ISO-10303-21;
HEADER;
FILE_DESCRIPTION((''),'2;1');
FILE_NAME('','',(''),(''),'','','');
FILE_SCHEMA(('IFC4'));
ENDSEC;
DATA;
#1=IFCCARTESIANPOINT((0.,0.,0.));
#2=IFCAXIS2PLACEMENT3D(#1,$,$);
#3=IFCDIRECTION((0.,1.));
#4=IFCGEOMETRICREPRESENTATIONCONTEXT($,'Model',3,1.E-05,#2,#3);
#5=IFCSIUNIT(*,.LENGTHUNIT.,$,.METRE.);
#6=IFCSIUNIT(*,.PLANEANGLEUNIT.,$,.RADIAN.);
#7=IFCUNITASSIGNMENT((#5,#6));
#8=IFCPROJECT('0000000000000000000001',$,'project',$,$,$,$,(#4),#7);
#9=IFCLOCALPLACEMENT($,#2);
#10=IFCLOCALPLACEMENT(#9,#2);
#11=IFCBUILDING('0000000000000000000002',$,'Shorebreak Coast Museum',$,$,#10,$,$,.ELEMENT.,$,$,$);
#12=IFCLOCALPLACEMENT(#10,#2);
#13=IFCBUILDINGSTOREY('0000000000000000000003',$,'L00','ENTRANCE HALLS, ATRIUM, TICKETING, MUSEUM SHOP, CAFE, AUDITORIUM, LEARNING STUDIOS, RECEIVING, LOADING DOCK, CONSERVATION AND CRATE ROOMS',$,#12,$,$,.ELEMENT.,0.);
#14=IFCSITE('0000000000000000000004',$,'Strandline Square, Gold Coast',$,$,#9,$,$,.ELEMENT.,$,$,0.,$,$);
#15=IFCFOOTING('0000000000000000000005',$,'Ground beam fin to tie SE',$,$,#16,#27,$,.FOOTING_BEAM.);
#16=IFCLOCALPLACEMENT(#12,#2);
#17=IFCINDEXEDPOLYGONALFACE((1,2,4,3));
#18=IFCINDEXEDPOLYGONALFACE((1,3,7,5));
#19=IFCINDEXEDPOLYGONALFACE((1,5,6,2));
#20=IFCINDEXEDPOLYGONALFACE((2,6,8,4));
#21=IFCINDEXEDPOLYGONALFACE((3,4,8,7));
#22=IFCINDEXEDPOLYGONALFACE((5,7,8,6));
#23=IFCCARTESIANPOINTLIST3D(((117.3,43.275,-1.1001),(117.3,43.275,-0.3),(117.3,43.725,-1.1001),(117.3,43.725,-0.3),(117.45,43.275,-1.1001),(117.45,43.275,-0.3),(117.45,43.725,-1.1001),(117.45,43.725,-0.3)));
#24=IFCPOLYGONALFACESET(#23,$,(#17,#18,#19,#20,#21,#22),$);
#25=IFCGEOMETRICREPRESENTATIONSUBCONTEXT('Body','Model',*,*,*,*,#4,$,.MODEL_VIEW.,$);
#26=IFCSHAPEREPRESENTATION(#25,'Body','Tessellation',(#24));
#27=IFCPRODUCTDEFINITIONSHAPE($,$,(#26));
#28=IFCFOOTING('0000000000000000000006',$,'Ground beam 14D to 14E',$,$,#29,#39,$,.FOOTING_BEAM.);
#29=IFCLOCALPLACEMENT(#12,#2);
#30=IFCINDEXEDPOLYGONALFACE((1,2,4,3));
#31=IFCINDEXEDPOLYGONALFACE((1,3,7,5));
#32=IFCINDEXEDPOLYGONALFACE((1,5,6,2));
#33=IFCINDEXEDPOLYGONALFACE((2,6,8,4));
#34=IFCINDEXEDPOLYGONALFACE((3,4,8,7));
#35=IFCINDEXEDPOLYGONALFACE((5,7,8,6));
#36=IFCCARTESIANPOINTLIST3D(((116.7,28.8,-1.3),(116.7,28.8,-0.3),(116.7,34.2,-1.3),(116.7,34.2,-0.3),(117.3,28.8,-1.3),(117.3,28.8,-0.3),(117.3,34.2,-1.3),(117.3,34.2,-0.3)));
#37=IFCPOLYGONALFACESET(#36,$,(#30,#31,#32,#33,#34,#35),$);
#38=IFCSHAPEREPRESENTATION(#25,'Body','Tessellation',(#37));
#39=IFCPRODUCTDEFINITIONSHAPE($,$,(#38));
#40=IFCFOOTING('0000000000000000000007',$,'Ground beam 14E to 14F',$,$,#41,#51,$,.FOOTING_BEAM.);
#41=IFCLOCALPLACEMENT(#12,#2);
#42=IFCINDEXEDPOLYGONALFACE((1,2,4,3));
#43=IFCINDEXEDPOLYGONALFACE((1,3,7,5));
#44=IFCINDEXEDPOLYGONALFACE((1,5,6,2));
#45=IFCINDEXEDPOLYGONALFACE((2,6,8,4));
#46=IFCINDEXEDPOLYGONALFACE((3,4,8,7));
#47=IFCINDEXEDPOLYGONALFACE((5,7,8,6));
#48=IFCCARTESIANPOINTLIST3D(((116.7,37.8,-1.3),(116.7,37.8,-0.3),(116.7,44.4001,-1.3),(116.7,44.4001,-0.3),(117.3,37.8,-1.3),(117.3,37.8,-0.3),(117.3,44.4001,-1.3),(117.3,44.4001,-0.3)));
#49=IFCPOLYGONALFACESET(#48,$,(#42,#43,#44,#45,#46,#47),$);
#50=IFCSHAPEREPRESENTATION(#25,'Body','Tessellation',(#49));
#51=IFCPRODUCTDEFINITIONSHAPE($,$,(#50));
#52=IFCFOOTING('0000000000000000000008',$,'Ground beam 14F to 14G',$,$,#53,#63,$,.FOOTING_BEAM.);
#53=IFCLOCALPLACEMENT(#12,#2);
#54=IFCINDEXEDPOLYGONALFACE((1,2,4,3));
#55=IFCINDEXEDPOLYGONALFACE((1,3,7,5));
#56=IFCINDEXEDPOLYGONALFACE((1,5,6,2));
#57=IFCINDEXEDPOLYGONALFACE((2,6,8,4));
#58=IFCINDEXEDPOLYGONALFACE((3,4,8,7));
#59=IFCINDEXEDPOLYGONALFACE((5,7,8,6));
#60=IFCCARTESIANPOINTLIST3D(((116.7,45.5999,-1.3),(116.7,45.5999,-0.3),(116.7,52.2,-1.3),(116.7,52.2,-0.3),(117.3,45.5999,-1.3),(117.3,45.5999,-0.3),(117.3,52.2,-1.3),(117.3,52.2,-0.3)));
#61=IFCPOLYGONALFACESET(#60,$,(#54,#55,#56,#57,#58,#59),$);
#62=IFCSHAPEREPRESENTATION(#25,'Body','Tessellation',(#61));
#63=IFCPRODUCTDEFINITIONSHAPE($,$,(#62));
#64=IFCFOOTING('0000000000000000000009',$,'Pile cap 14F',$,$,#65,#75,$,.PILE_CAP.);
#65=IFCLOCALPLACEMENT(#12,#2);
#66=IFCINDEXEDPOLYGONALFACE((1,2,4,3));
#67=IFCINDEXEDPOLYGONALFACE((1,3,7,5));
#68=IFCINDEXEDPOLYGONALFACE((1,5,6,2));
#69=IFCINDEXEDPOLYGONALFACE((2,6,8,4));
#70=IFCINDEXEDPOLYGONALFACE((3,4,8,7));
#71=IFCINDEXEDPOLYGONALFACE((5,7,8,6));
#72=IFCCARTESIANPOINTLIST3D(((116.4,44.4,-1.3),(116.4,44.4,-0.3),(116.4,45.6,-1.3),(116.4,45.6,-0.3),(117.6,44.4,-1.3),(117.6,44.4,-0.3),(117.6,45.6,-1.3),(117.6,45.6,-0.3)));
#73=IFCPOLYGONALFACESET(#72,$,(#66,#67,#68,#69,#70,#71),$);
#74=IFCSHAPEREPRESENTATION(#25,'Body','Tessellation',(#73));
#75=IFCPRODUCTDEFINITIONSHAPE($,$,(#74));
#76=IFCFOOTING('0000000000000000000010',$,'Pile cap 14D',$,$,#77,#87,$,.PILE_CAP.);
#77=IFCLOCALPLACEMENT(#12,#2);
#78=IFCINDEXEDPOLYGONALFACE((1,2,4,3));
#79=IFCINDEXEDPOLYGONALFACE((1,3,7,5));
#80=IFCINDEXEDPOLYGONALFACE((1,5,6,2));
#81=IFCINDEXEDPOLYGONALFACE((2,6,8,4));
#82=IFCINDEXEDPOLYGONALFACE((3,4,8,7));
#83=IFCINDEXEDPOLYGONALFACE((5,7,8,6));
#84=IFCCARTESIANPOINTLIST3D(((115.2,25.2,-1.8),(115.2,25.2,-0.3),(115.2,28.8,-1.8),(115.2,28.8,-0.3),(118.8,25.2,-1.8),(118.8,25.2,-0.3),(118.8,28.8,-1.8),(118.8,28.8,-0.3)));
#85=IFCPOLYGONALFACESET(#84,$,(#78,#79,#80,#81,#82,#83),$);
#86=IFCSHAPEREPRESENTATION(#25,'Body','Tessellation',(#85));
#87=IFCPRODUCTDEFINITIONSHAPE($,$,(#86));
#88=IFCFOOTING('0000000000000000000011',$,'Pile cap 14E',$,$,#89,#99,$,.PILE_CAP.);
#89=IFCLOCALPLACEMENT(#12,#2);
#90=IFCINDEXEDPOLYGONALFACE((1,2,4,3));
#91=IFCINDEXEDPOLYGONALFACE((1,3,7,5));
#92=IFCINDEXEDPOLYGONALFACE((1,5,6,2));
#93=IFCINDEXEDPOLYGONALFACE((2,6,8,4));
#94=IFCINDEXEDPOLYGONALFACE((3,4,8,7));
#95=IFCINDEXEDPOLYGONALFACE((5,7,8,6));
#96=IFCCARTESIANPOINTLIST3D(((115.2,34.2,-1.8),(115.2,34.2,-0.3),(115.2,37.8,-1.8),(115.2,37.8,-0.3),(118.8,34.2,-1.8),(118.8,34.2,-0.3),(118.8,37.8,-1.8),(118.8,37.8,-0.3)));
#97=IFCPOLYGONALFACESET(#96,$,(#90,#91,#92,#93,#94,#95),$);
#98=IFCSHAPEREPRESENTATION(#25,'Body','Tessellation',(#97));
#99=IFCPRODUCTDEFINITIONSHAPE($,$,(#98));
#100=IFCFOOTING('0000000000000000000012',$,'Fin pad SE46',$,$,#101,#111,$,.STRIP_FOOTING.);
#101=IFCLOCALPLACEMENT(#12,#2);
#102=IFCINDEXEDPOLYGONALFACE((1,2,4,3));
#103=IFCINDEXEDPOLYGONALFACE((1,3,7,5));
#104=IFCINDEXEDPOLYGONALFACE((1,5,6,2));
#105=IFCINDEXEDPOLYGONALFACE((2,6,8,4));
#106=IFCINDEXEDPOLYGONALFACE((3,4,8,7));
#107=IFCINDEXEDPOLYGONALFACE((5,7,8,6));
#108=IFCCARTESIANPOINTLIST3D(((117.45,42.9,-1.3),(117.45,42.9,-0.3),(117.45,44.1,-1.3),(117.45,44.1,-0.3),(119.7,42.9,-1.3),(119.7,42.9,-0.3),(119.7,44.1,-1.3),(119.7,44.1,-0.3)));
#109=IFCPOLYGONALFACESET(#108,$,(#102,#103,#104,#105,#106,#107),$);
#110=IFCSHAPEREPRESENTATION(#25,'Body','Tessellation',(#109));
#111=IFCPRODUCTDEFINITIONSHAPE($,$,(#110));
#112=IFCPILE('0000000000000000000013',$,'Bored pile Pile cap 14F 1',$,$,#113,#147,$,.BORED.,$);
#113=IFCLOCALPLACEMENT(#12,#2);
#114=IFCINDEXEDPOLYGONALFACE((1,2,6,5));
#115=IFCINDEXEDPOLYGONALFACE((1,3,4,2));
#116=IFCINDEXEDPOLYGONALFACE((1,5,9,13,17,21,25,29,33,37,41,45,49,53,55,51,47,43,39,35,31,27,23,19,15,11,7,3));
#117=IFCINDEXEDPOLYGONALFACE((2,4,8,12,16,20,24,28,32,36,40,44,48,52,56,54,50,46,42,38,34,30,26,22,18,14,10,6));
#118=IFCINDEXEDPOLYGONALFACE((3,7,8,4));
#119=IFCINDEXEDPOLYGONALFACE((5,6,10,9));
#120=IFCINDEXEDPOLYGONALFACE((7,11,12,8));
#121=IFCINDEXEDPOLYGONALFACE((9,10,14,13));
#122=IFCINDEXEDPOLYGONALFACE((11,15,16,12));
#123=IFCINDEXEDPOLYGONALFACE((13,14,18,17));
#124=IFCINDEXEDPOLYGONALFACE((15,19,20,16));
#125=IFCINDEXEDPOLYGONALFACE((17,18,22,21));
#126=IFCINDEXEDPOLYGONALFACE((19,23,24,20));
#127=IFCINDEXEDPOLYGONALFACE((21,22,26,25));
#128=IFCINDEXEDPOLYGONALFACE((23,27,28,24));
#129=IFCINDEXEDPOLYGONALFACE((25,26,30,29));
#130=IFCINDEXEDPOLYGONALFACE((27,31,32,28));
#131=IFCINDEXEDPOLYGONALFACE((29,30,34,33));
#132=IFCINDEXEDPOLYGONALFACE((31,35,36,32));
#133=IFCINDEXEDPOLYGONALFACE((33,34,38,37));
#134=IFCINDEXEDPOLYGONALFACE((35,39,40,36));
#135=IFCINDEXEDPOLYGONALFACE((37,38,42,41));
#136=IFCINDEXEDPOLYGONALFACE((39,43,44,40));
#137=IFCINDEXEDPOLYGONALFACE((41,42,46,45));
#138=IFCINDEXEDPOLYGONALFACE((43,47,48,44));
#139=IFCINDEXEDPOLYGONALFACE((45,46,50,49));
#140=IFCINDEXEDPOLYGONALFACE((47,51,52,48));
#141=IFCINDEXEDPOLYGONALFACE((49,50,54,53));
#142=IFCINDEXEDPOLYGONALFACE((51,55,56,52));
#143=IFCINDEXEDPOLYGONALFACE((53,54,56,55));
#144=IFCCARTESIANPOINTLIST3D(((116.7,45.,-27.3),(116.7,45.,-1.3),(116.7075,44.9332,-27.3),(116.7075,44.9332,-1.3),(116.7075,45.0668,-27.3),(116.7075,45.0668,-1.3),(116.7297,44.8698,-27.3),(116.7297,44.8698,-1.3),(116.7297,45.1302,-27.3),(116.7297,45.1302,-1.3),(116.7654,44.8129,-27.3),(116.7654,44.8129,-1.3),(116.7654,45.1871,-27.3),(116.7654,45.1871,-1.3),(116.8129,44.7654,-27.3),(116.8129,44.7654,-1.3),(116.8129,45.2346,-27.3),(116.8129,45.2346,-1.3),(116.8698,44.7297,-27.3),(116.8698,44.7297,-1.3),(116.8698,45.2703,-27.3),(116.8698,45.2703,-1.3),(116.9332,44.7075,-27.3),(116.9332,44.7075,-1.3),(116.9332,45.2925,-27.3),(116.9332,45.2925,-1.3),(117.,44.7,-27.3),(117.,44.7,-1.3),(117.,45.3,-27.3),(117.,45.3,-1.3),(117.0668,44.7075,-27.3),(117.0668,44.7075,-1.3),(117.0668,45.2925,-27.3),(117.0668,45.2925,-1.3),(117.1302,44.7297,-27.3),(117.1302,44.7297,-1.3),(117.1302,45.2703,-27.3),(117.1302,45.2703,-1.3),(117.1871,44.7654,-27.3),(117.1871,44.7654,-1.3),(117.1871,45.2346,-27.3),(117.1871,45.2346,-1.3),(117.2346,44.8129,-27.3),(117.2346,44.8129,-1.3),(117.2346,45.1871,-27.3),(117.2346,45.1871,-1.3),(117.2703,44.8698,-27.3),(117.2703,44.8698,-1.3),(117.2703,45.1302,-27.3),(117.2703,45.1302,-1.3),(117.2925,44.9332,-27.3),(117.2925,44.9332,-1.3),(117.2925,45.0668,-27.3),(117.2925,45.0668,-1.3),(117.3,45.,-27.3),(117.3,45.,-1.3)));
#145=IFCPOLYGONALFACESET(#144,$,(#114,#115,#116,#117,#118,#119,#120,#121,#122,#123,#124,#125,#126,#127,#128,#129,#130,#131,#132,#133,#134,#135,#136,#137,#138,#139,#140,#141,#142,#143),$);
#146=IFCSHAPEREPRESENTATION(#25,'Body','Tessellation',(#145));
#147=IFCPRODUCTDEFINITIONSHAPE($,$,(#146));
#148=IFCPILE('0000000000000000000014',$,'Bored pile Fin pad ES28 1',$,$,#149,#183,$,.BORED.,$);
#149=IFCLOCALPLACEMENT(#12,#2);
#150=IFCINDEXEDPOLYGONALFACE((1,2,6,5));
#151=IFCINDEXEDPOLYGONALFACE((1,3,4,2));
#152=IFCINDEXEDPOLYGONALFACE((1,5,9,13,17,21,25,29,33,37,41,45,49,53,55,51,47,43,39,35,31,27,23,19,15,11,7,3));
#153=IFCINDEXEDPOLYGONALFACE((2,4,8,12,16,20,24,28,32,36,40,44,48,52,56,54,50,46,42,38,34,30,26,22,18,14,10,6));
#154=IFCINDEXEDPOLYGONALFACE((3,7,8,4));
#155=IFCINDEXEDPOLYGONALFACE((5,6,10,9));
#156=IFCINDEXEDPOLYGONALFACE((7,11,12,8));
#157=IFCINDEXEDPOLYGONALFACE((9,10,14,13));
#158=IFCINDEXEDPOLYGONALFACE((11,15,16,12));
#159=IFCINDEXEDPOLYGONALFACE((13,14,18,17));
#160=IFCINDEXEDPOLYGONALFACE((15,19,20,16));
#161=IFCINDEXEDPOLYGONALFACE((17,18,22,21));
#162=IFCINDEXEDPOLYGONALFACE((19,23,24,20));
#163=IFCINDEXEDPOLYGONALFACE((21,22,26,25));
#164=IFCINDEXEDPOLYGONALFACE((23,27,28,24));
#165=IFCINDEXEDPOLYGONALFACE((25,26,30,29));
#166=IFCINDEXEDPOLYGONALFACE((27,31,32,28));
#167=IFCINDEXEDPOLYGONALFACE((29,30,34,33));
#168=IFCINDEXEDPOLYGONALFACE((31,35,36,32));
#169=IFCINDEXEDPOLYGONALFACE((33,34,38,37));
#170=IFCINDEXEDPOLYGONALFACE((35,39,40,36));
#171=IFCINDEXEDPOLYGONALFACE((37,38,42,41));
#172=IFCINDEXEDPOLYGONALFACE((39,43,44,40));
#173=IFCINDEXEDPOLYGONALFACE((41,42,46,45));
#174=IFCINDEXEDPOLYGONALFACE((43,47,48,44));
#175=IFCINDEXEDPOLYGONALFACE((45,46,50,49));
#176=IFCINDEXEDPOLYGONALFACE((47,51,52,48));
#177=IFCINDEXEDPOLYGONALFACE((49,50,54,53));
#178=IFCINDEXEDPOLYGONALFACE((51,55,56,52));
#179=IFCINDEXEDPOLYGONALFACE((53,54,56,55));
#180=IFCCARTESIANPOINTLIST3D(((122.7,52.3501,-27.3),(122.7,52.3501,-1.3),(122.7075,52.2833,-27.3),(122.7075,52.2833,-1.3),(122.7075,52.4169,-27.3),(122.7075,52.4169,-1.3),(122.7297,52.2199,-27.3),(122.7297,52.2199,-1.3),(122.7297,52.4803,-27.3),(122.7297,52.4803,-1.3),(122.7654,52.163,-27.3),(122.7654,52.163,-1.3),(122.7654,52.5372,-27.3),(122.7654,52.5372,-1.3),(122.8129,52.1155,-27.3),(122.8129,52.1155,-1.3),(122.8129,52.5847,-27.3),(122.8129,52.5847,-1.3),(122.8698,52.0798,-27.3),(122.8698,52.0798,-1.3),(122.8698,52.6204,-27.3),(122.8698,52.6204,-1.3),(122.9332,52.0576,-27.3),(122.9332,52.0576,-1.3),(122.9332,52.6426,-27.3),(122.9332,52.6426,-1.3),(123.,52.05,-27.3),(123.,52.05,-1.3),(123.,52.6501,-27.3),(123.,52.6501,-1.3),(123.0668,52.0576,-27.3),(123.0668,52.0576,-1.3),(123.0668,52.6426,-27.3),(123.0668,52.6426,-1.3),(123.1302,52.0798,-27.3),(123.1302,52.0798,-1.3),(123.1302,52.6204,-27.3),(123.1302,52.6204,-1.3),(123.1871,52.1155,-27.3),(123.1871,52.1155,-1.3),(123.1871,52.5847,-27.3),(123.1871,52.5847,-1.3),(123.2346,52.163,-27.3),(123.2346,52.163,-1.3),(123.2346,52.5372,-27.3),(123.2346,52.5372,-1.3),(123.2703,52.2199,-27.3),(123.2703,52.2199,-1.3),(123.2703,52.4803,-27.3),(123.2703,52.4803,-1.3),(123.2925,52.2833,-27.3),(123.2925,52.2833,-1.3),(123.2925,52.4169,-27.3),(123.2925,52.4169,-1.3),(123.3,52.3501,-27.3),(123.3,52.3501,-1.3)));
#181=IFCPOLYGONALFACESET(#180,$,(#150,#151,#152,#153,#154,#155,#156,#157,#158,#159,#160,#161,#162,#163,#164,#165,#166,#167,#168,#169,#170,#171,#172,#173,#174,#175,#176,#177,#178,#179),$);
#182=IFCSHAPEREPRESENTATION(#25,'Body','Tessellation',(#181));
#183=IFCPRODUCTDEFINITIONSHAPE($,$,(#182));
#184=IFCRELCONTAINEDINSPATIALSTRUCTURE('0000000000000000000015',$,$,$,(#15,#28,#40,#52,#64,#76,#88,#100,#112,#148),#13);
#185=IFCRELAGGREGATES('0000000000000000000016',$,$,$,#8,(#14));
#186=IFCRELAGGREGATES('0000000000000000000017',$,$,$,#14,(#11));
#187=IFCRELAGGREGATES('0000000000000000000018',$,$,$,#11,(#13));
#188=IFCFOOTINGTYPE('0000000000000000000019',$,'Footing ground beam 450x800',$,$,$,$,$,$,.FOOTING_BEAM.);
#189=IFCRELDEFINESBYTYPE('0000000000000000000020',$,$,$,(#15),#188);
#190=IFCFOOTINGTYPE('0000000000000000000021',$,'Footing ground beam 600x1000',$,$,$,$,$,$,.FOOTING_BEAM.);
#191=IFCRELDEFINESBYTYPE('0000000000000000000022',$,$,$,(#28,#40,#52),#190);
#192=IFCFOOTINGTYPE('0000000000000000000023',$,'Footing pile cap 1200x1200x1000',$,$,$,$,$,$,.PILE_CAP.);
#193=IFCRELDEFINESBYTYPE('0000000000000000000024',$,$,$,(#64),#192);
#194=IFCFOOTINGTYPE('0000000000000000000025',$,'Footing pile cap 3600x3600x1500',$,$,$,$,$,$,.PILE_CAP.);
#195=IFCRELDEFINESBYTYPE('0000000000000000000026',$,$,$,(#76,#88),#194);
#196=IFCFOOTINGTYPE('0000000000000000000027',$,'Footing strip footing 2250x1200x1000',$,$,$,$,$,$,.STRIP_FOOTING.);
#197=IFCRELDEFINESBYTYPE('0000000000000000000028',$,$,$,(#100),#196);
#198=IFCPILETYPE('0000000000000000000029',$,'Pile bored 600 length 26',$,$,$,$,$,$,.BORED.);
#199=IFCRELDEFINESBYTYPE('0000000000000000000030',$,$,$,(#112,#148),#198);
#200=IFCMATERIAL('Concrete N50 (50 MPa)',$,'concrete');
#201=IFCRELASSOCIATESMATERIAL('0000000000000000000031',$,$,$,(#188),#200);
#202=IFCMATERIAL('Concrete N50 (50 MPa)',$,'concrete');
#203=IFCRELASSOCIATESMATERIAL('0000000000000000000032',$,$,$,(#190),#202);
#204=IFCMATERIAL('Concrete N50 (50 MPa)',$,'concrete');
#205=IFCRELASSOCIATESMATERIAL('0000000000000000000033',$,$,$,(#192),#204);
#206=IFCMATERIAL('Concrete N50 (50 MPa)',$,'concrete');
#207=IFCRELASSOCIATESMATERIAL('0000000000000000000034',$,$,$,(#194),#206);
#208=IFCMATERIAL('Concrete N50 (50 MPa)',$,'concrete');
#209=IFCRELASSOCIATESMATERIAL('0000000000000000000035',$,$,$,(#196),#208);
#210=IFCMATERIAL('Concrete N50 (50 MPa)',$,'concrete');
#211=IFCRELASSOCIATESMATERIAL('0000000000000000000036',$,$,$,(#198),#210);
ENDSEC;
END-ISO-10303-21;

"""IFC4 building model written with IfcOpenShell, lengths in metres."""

from ifc_helpers import new_model, si_unit, direction, frame, origin, origin_2d, place, context, subcontext, project, spatial, rectangle, circle, extrude, material, material_profile, profile_set, type_object, element, save


model = new_model("IFC4")

# Units and contexts
model_context = context("Model", 3, precision=1e-05, world=origin(), true_north=direction((0.0, 1.0)))
body_context = subcontext(model_context, "Body", "Model", "MODEL_VIEW")
ifc_project = project(units=[si_unit("LENGTHUNIT", "METRE"), si_unit("PLANEANGLEUNIT", "RADIAN")], contexts=[model_context])

# Site, building, storey
site_placement = place(None, origin())
site = spatial("IfcSite", under=ifc_project, at=site_placement, Name="Strandline Square, Gold Coast", CompositionType="ELEMENT", RefElevation=0.0)
building_placement = place(site_placement, origin())
building = spatial("IfcBuilding", under=site, at=building_placement, Name="Shorebreak Coast Museum", CompositionType="ELEMENT")
storey_placement = place(building_placement, origin())
storey = spatial("IfcBuildingStorey", under=building, at=storey_placement, Name="L00", Description="ENTRANCE HALLS, ATRIUM, TICKETING, MUSEUM SHOP, CAFE, AUDITORIUM, LEARNING STUDIOS, RECEIVING, LOADING DOCK, CONSERVATION AND CRATE ROOMS", CompositionType="ELEMENT", Elevation=0.0)

# Footings
ifc_material_1 = material(Name="Concrete N50 (50 MPa)", Category="concrete")
footing_type_1 = type_object("IfcFootingType", Name="Footing ground beam 450x800", PredefinedType="FOOTING_BEAM", material=ifc_material_1)
footing_1_placement = place(storey_placement, frame((117.375, 43.5, -1.1001), z_axis=(0.0, 0.0, 1.0), x_axis=(1.0, 0.0, 0.0)))
element("IfcFooting", 1, at=footing_1_placement, inside=storey, type_object=footing_type_1, Name="Ground beam fin to tie SE", PredefinedType="FOOTING_BEAM", context=body_context, shape_type="SweptSolid", body=[
    extrude(rectangle(XDim=0.1499, YDim=0.45, at=origin_2d()), origin(), (0.0, 0.0, 1.0), 0.8),
])
ifc_material_2 = material(Name="Concrete N50 (50 MPa)", Category="concrete")
footing_type_2 = type_object("IfcFootingType", Name="Footing ground beam 600x1000", PredefinedType="FOOTING_BEAM", material=ifc_material_2)
footing_2_placement = place(storey_placement, frame((117.0, 31.5, -1.3), z_axis=(0.0, 0.0, 1.0), x_axis=(1.0, 0.0, 0.0)))
element("IfcFooting", 2, at=footing_2_placement, inside=storey, type_object=footing_type_2, Name="Ground beam 14D to 14E", PredefinedType="FOOTING_BEAM", context=body_context, shape_type="SweptSolid", body=[
    extrude(rectangle(XDim=0.6001, YDim=5.3999, at=origin_2d()), origin(), (0.0, 0.0, 1.0), 1.0),
])
for number, where, z_axis, x_axis, name in (
    (3, (117.0, 41.1001, -1.3), (0.0, 0.0, 1.0), (1.0, 0.0, 0.0), "Ground beam 14E to 14F"),
    (4, (117.0, 48.8999, -1.3), (0.0, 0.0, 1.0), (1.0, 0.0, 0.0), "Ground beam 14F to 14G"),
):
    element("IfcFooting", number, at=place(storey_placement, frame(where, z_axis=z_axis, x_axis=x_axis)), inside=storey, type_object=footing_type_2, Name=name, PredefinedType="FOOTING_BEAM", context=body_context, shape_type="SweptSolid", body=[
        extrude(rectangle(XDim=0.6001, YDim=6.6001, at=origin_2d()), origin(), (0.0, 0.0, 1.0), 1.0),
    ])
ifc_material_3 = material(Name="Concrete N50 (50 MPa)", Category="concrete")
footing_type_3 = type_object("IfcFootingType", Name="Footing pile cap 1200x1200x1000", PredefinedType="PILE_CAP", material=ifc_material_3)
footing_3_placement = place(storey_placement, frame((117.0, 45.0, -1.3), z_axis=(0.0, 0.0, 1.0), x_axis=(1.0, 0.0, 0.0)))
element("IfcFooting", 5, at=footing_3_placement, inside=storey, type_object=footing_type_3, Name="Pile cap 14F", PredefinedType="PILE_CAP", context=body_context, shape_type="SweptSolid", body=[
    extrude(rectangle(XDim=1.2, YDim=1.2, at=origin_2d()), origin(), (0.0, 0.0, 1.0), 1.0),
])
ifc_material_4 = material(Name="Concrete N50 (50 MPa)", Category="concrete")
footing_type_4 = type_object("IfcFootingType", Name="Footing pile cap 3600x3600x1500", PredefinedType="PILE_CAP", material=ifc_material_4)
for number, where, z_axis, x_axis, name in (
    (6, (117.0, 27.0, -1.8), (0.0, 0.0, 1.0), (1.0, 0.0, 0.0), "Pile cap 14D"),
    (7, (117.0, 36.0, -1.8), (0.0, 0.0, 1.0), (1.0, 0.0, 0.0), "Pile cap 14E"),
):
    element("IfcFooting", number, at=place(storey_placement, frame(where, z_axis=z_axis, x_axis=x_axis)), inside=storey, type_object=footing_type_4, Name=name, PredefinedType="PILE_CAP", context=body_context, shape_type="SweptSolid", body=[
        extrude(rectangle(XDim=3.6001, YDim=3.6001, at=origin_2d()), origin(), (0.0, 0.0, 1.0), 1.5),
    ])
ifc_material_5 = material(Name="Concrete N50 (50 MPa)", Category="concrete")
footing_type_5 = type_object("IfcFootingType", Name="Footing strip footing 2250x1200x1000", PredefinedType="STRIP_FOOTING", material=ifc_material_5)
footing_4_placement = place(storey_placement, frame((118.575, 43.5, -1.3), z_axis=(0.0, 0.0, 1.0), x_axis=(1.0, 0.0, 0.0)))
element("IfcFooting", 8, at=footing_4_placement, inside=storey, type_object=footing_type_5, Name="Fin pad SE46", PredefinedType="STRIP_FOOTING", context=body_context, shape_type="SweptSolid", body=[
    extrude(rectangle(XDim=2.25, YDim=1.2, at=origin_2d()), origin(), (0.0, 0.0, 1.0), 1.0),
])

# Piles
ifc_material_6 = material(Name="Concrete N50 (50 MPa)", Category="concrete")
ifc_material_profile_1 = material_profile(ifc_material_6, circle(Radius=0.3, at=origin_2d()), Name="Pile bored 600 length 26")
ifc_profile_set_1 = profile_set([ifc_material_profile_1], Name="Concrete N50 (50 MPa)")
pile_type_1 = type_object("IfcPileType", Name="Pile bored 600 length 26", PredefinedType="BORED", material=ifc_profile_set_1)
for number, where, z_axis, x_axis, name in (
    (9, (117.0, 45.0, -1.3), (0.0, 0.0, -1.0), (1.0, 0.0, 0.0), "Bored pile Pile cap 14F 1"),
    (10, (123.0, 52.3501, -1.3), (0.0, 0.0, -1.0), (1.0, 0.0, 0.0), "Bored pile Fin pad ES28 1"),
):
    element("IfcPile", number, at=place(storey_placement, frame(where, z_axis=z_axis, x_axis=x_axis)), inside=storey, type_object=pile_type_1, Name=name, PredefinedType="BORED", context=body_context, shape_type="SweptSolid", body=[
        extrude(circle(Radius=0.3, at=origin_2d()), origin(), (0.0, 0.0, 1.0), 26.0),
    ])

save(model, "model.ifc")
